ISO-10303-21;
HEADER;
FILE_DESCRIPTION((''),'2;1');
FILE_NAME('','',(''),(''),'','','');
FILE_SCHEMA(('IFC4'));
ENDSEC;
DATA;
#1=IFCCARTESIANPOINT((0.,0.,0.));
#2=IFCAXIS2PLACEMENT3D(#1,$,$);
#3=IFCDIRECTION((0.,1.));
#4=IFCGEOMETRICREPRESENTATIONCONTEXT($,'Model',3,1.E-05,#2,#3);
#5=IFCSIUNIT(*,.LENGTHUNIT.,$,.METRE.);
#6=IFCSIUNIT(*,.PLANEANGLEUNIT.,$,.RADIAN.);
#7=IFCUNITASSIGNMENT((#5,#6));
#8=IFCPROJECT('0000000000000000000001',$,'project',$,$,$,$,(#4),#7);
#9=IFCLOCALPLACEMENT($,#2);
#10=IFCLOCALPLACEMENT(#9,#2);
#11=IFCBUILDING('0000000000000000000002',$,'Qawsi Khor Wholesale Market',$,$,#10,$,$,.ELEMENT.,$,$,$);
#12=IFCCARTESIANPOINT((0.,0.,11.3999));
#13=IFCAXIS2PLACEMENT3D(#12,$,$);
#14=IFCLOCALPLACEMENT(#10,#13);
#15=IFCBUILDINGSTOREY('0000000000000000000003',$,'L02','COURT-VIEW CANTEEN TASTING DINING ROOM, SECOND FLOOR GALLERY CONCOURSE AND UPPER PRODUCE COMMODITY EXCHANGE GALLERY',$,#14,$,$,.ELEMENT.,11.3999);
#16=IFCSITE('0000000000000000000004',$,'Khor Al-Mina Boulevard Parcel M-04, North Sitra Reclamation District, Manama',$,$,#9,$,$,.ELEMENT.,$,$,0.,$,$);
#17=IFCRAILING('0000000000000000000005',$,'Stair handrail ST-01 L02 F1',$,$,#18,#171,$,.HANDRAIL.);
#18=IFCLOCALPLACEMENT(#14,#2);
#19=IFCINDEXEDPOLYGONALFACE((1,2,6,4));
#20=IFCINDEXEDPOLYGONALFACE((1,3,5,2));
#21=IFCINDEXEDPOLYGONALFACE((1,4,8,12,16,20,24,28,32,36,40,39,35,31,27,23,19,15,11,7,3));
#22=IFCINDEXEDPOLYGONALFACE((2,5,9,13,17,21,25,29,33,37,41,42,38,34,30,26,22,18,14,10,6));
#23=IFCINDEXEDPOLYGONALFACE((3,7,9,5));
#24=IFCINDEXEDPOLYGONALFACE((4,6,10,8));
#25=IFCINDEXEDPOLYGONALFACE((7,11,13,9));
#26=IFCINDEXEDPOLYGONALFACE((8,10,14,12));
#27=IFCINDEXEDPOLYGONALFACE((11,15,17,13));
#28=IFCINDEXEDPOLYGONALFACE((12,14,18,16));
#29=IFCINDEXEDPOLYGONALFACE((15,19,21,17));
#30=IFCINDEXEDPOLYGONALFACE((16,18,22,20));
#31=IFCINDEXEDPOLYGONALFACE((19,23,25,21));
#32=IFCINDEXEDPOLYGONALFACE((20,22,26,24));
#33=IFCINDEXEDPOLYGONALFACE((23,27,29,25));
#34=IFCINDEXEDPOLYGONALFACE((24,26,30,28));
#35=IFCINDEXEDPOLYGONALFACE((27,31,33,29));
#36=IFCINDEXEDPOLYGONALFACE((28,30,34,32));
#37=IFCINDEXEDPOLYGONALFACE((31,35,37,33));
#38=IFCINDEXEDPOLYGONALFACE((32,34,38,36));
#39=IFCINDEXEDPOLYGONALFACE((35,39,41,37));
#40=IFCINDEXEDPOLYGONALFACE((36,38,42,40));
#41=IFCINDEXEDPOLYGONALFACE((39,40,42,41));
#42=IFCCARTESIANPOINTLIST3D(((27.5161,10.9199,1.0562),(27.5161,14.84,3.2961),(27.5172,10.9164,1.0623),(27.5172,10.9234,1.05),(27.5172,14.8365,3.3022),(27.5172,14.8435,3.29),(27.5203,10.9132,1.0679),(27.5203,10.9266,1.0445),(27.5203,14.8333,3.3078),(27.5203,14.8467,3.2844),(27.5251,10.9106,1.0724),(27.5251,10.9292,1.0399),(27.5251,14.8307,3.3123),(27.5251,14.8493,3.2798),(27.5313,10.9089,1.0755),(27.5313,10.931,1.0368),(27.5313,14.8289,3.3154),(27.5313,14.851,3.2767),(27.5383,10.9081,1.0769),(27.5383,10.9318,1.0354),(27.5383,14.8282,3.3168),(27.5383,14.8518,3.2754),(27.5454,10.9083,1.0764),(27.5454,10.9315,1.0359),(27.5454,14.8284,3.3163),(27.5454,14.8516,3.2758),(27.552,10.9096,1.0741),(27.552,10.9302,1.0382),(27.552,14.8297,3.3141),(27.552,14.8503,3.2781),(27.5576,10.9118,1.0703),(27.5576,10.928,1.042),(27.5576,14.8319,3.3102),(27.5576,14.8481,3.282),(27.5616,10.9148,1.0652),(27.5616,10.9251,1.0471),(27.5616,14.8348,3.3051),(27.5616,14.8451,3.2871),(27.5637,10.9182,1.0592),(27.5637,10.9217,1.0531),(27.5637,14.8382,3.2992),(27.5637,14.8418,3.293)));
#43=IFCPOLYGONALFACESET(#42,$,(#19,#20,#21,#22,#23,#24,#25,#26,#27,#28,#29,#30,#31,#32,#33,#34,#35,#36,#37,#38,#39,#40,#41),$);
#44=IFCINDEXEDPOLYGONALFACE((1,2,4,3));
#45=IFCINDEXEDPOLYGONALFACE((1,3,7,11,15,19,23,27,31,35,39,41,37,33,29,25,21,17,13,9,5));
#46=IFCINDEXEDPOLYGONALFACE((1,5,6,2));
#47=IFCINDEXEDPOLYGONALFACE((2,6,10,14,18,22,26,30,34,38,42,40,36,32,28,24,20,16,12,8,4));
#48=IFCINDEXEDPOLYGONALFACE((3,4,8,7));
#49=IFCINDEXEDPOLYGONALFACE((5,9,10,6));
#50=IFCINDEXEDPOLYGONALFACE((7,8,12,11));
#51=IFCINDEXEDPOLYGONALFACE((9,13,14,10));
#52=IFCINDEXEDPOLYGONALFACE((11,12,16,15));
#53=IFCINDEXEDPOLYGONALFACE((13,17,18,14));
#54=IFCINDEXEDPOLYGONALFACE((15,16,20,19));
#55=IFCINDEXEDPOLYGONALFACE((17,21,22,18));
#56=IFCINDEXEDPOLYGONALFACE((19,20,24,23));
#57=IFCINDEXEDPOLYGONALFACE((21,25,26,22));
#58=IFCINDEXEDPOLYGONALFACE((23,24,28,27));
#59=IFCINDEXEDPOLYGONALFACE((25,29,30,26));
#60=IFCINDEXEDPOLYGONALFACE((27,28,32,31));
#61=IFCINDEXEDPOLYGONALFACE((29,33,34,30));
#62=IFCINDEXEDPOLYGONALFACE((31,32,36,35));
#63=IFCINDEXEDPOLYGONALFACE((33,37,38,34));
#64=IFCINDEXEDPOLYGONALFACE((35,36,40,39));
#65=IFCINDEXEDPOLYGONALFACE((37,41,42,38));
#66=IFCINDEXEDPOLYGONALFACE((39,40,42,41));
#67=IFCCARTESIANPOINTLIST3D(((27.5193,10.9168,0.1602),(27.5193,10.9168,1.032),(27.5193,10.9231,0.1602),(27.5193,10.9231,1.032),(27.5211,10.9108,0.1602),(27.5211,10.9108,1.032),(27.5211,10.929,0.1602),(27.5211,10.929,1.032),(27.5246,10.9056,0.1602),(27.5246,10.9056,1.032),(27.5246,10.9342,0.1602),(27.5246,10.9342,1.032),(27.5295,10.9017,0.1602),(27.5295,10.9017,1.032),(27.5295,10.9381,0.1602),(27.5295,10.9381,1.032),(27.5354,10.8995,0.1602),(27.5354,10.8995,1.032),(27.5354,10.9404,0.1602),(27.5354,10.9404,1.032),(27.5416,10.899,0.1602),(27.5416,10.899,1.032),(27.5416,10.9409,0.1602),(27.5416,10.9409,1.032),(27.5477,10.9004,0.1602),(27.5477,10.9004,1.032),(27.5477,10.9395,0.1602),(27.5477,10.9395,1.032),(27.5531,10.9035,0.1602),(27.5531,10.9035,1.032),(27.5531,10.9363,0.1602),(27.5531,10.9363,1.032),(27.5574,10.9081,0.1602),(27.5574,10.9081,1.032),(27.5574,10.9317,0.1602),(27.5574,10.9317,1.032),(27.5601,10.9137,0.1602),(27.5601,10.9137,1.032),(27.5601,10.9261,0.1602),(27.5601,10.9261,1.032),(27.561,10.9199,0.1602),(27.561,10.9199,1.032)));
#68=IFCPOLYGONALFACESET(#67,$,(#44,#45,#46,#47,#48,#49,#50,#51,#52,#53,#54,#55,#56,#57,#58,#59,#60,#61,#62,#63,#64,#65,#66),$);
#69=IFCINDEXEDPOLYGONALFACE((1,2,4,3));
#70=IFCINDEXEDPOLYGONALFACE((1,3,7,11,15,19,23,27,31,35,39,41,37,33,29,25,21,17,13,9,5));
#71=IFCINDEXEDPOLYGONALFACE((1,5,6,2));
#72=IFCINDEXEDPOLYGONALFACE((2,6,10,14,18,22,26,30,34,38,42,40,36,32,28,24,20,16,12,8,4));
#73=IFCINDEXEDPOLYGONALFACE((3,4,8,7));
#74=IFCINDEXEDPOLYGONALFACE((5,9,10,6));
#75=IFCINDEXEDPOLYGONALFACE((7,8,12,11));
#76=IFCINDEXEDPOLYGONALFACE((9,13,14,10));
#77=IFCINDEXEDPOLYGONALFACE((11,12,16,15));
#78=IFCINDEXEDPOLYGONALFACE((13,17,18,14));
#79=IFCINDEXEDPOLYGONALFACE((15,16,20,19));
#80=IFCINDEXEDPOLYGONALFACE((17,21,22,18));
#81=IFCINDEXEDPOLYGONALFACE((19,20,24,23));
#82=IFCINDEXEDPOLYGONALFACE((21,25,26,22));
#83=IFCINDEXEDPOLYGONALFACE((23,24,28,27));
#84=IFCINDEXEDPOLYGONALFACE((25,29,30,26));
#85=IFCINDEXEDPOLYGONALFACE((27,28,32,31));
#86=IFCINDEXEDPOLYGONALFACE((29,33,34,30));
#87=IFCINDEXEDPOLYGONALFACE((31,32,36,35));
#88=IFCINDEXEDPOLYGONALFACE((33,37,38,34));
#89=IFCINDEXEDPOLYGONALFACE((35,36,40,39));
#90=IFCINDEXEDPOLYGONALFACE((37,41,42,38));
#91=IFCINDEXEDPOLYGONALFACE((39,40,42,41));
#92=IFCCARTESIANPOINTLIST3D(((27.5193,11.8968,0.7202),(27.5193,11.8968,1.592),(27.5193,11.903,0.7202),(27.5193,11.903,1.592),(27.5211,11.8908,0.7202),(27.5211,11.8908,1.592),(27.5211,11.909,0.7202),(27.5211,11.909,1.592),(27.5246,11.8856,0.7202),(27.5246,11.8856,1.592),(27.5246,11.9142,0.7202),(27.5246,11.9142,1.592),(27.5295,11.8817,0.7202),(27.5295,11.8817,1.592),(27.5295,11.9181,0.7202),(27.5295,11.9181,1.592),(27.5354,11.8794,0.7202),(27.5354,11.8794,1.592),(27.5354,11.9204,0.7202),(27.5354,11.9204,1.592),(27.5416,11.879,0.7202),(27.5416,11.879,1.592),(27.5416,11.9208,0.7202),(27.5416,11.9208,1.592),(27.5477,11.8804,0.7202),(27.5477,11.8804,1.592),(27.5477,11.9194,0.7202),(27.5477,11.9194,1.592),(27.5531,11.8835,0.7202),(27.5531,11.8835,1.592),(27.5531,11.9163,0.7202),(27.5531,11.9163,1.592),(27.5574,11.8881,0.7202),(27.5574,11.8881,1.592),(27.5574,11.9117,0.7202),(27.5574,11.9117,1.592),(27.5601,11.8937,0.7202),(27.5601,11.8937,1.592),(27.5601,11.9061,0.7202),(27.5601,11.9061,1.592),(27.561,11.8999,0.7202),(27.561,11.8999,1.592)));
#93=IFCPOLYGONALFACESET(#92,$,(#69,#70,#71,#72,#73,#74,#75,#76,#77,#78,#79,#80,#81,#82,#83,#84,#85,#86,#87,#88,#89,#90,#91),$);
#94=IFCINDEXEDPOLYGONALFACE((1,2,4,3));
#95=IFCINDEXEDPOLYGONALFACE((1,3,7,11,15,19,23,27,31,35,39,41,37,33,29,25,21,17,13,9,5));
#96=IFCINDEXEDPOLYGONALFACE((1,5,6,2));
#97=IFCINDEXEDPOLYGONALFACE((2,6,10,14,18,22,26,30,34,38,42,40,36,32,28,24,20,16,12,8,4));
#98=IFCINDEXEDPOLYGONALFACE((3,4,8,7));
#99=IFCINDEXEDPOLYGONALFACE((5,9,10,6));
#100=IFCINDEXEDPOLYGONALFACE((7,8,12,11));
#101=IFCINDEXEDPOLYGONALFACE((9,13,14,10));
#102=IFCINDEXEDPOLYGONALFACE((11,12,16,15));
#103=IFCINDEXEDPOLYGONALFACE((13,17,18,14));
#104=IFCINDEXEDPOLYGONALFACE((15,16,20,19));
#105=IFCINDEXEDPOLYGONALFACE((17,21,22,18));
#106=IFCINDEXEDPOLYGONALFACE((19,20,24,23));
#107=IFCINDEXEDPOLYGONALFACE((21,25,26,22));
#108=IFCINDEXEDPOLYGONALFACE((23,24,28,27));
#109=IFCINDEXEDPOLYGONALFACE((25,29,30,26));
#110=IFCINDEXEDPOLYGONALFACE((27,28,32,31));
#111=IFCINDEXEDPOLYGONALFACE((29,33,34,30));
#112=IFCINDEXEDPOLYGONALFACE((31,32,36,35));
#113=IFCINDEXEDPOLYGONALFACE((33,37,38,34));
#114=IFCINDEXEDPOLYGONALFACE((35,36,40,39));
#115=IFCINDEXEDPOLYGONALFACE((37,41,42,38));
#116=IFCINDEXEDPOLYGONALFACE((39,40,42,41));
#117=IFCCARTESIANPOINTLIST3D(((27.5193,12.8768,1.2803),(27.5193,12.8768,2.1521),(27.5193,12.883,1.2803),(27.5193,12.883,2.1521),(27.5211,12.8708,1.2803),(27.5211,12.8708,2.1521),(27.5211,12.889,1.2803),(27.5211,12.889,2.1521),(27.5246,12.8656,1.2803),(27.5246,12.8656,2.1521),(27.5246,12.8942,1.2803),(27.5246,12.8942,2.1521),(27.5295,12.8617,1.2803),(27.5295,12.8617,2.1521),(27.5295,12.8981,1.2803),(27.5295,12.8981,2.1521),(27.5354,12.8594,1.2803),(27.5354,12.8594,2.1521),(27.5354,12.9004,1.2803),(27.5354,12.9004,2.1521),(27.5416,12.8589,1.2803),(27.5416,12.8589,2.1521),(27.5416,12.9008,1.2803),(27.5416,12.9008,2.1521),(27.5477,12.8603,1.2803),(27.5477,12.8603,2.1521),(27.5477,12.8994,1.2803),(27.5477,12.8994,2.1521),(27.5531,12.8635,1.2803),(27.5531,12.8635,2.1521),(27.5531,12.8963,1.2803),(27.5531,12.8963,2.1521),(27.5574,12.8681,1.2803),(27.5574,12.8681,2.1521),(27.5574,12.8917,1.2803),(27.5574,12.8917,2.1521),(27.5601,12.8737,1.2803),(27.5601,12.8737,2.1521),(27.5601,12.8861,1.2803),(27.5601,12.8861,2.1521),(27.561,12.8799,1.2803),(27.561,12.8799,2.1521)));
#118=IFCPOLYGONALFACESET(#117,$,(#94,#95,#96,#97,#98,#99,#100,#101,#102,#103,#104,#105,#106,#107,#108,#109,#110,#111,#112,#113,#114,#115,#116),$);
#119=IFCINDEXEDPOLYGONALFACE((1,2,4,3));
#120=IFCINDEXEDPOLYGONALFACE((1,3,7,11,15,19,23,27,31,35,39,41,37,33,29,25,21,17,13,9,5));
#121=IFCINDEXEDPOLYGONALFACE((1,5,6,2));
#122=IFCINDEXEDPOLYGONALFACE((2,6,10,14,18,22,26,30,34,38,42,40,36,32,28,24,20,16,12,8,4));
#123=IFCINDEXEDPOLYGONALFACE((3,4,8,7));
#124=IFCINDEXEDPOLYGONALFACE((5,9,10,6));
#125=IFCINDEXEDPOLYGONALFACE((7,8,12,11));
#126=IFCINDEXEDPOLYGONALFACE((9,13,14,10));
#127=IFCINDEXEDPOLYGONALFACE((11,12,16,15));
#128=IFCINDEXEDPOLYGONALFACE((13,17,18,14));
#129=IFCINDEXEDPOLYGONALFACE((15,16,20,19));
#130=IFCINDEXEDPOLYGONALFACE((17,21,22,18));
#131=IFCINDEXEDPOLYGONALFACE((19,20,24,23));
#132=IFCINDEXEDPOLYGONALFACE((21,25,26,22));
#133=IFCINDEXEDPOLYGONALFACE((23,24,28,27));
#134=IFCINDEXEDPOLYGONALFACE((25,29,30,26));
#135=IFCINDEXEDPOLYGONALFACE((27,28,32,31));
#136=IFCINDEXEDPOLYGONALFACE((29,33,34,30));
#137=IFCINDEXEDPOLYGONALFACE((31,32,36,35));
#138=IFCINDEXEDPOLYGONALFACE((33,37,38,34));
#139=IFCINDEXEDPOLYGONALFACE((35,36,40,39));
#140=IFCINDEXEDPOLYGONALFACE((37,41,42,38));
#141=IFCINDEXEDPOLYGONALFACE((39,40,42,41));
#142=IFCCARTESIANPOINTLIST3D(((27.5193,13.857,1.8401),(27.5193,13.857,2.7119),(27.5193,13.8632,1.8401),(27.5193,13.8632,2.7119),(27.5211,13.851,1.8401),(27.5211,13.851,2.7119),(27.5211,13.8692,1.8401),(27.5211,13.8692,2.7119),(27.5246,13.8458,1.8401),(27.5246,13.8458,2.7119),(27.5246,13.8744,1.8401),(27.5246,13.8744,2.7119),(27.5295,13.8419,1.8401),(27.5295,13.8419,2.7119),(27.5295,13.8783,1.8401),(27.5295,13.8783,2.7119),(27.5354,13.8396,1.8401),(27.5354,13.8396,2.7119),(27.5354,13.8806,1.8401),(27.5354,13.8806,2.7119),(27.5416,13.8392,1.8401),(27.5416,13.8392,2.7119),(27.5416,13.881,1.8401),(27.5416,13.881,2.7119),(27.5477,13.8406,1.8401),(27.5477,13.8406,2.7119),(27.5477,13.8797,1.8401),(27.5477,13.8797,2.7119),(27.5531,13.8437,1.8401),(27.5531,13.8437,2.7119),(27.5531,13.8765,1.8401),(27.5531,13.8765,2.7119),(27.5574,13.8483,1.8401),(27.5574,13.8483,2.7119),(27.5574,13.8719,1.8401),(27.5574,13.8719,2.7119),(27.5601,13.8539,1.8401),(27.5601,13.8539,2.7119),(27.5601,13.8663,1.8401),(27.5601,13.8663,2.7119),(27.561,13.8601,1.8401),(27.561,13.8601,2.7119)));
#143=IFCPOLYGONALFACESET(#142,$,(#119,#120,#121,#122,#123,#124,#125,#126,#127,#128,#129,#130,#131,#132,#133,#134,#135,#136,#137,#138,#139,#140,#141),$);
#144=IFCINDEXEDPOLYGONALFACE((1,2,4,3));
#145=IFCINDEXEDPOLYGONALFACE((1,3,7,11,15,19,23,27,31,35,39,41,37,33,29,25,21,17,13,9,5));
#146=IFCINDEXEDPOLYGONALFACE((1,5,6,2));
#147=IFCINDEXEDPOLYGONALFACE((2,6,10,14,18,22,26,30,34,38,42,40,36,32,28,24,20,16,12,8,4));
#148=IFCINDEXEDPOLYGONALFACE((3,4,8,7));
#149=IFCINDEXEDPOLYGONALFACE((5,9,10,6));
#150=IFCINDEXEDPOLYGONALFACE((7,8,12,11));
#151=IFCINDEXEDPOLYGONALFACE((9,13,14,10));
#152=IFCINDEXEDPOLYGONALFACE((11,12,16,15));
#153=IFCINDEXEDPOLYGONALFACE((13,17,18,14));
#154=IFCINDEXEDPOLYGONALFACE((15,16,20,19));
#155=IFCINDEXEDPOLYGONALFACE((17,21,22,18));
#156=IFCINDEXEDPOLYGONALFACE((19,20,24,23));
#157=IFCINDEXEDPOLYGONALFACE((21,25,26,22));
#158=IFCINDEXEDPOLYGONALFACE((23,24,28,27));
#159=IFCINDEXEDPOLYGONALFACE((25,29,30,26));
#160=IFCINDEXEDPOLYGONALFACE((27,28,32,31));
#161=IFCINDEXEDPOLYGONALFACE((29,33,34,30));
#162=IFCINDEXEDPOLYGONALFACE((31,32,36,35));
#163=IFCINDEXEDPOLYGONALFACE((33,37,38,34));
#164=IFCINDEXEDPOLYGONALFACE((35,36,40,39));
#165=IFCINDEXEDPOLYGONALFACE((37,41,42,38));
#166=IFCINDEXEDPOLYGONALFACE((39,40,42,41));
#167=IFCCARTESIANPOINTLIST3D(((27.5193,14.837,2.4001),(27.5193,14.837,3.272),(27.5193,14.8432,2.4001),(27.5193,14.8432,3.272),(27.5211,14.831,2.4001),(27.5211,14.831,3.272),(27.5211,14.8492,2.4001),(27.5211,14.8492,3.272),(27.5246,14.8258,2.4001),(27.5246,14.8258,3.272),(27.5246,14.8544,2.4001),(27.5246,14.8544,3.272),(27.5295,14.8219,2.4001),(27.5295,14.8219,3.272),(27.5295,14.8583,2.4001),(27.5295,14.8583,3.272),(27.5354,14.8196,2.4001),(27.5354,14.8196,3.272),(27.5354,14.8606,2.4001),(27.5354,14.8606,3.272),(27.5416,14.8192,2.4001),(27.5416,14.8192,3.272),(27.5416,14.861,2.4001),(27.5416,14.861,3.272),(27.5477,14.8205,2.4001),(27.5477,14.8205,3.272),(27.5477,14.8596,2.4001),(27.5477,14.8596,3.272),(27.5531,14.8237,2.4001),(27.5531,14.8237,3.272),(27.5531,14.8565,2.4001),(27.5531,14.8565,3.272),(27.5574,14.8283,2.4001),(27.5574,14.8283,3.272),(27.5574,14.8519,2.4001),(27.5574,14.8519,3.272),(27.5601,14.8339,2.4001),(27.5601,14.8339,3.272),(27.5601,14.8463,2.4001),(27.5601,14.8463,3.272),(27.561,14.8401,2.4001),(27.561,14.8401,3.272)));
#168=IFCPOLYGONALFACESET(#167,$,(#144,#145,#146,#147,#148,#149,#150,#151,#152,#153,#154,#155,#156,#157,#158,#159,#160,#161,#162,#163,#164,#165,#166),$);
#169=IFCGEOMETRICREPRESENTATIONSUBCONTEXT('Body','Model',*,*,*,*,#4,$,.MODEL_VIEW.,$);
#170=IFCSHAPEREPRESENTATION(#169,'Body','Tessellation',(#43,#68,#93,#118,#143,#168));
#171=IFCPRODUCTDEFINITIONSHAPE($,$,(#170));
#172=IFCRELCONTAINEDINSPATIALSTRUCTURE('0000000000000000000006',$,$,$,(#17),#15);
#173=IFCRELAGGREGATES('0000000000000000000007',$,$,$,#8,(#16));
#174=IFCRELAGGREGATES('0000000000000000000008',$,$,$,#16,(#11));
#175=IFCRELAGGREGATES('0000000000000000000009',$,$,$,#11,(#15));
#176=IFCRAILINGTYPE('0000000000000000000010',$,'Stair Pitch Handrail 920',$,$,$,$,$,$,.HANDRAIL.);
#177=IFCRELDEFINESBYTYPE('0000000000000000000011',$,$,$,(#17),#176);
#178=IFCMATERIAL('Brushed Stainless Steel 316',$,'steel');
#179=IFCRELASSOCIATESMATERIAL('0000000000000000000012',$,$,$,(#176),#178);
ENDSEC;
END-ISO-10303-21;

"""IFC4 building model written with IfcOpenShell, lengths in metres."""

from ifc_helpers import new_model, si_unit, direction, frame, origin, origin_2d, place, context, subcontext, project, spatial, circle, extrude, material, type_object, element, save


model = new_model("IFC4")

# Units and contexts
model_context = context("Model", 3, precision=1e-05, world=origin(), true_north=direction((0.0, 1.0)))
body_context = subcontext(model_context, "Body", "Model", "MODEL_VIEW")
ifc_project = project(units=[si_unit("LENGTHUNIT", "METRE"), si_unit("PLANEANGLEUNIT", "RADIAN")], contexts=[model_context])

# Site, building, storey
site_placement = place(None, origin())
site = spatial("IfcSite", under=ifc_project, at=site_placement, Name="Khor Al-Mina Boulevard Parcel M-04, North Sitra Reclamation District, Manama", CompositionType="ELEMENT", RefElevation=0.0)
building_placement = place(site_placement, origin())
building = spatial("IfcBuilding", under=site, at=building_placement, Name="Qawsi Khor Wholesale Market", CompositionType="ELEMENT")
storey_placement = place(building_placement, frame((0.0, 0.0, 11.3999)))
storey = spatial("IfcBuildingStorey", under=building, at=storey_placement, Name="L02", Description="COURT-VIEW CANTEEN TASTING DINING ROOM, SECOND FLOOR GALLERY CONCOURSE AND UPPER PRODUCE COMMODITY EXCHANGE GALLERY", CompositionType="ELEMENT", Elevation=11.3999)

# Railing
ifc_material_1 = material(Name="Brushed Stainless Steel 316", Category="steel")
railing_type_1 = type_object("IfcRailingType", Name="Stair Pitch Handrail 920", PredefinedType="HANDRAIL", material=ifc_material_1)
railing_1_placement = place(storey_placement, frame((27.54, 10.9199, 0.1602)))
element("IfcRailing", 1, at=railing_1_placement, inside=storey, type_object=railing_type_1, Name="Stair handrail ST-01 L02 F1", PredefinedType="HANDRAIL", context=body_context, shape_type="SweptSolid", body=[
    extrude(circle(Radius=0.0239, at=origin_2d()), frame((0.0, 0.0, 0.896), z_axis=(0.0, 0.868253, 0.496121), x_axis=(-1.0, 0.0, 0.0)), (0.0, 0.0, 1.0), 4.5149),
    extrude(circle(Radius=0.021, at=origin_2d()), origin(), (0.0, 0.0, 1.0), 0.8718),
    extrude(circle(Radius=0.021, at=origin_2d()), frame((0.0, 0.98, 0.5601)), (0.0, 0.0, 1.0), 0.8718),
    extrude(circle(Radius=0.021, at=origin_2d()), frame((0.0, 1.96, 1.1201)), (0.0, 0.0, 1.0), 0.8718),
    extrude(circle(Radius=0.021, at=origin_2d()), frame((0.0, 2.9402, 1.6799)), (0.0, 0.0, 1.0), 0.8718),
    extrude(circle(Radius=0.021, at=origin_2d()), frame((0.0, 3.9202, 2.24)), (0.0, 0.0, 1.0), 0.8718),
])

save(model, "model.ifc")
